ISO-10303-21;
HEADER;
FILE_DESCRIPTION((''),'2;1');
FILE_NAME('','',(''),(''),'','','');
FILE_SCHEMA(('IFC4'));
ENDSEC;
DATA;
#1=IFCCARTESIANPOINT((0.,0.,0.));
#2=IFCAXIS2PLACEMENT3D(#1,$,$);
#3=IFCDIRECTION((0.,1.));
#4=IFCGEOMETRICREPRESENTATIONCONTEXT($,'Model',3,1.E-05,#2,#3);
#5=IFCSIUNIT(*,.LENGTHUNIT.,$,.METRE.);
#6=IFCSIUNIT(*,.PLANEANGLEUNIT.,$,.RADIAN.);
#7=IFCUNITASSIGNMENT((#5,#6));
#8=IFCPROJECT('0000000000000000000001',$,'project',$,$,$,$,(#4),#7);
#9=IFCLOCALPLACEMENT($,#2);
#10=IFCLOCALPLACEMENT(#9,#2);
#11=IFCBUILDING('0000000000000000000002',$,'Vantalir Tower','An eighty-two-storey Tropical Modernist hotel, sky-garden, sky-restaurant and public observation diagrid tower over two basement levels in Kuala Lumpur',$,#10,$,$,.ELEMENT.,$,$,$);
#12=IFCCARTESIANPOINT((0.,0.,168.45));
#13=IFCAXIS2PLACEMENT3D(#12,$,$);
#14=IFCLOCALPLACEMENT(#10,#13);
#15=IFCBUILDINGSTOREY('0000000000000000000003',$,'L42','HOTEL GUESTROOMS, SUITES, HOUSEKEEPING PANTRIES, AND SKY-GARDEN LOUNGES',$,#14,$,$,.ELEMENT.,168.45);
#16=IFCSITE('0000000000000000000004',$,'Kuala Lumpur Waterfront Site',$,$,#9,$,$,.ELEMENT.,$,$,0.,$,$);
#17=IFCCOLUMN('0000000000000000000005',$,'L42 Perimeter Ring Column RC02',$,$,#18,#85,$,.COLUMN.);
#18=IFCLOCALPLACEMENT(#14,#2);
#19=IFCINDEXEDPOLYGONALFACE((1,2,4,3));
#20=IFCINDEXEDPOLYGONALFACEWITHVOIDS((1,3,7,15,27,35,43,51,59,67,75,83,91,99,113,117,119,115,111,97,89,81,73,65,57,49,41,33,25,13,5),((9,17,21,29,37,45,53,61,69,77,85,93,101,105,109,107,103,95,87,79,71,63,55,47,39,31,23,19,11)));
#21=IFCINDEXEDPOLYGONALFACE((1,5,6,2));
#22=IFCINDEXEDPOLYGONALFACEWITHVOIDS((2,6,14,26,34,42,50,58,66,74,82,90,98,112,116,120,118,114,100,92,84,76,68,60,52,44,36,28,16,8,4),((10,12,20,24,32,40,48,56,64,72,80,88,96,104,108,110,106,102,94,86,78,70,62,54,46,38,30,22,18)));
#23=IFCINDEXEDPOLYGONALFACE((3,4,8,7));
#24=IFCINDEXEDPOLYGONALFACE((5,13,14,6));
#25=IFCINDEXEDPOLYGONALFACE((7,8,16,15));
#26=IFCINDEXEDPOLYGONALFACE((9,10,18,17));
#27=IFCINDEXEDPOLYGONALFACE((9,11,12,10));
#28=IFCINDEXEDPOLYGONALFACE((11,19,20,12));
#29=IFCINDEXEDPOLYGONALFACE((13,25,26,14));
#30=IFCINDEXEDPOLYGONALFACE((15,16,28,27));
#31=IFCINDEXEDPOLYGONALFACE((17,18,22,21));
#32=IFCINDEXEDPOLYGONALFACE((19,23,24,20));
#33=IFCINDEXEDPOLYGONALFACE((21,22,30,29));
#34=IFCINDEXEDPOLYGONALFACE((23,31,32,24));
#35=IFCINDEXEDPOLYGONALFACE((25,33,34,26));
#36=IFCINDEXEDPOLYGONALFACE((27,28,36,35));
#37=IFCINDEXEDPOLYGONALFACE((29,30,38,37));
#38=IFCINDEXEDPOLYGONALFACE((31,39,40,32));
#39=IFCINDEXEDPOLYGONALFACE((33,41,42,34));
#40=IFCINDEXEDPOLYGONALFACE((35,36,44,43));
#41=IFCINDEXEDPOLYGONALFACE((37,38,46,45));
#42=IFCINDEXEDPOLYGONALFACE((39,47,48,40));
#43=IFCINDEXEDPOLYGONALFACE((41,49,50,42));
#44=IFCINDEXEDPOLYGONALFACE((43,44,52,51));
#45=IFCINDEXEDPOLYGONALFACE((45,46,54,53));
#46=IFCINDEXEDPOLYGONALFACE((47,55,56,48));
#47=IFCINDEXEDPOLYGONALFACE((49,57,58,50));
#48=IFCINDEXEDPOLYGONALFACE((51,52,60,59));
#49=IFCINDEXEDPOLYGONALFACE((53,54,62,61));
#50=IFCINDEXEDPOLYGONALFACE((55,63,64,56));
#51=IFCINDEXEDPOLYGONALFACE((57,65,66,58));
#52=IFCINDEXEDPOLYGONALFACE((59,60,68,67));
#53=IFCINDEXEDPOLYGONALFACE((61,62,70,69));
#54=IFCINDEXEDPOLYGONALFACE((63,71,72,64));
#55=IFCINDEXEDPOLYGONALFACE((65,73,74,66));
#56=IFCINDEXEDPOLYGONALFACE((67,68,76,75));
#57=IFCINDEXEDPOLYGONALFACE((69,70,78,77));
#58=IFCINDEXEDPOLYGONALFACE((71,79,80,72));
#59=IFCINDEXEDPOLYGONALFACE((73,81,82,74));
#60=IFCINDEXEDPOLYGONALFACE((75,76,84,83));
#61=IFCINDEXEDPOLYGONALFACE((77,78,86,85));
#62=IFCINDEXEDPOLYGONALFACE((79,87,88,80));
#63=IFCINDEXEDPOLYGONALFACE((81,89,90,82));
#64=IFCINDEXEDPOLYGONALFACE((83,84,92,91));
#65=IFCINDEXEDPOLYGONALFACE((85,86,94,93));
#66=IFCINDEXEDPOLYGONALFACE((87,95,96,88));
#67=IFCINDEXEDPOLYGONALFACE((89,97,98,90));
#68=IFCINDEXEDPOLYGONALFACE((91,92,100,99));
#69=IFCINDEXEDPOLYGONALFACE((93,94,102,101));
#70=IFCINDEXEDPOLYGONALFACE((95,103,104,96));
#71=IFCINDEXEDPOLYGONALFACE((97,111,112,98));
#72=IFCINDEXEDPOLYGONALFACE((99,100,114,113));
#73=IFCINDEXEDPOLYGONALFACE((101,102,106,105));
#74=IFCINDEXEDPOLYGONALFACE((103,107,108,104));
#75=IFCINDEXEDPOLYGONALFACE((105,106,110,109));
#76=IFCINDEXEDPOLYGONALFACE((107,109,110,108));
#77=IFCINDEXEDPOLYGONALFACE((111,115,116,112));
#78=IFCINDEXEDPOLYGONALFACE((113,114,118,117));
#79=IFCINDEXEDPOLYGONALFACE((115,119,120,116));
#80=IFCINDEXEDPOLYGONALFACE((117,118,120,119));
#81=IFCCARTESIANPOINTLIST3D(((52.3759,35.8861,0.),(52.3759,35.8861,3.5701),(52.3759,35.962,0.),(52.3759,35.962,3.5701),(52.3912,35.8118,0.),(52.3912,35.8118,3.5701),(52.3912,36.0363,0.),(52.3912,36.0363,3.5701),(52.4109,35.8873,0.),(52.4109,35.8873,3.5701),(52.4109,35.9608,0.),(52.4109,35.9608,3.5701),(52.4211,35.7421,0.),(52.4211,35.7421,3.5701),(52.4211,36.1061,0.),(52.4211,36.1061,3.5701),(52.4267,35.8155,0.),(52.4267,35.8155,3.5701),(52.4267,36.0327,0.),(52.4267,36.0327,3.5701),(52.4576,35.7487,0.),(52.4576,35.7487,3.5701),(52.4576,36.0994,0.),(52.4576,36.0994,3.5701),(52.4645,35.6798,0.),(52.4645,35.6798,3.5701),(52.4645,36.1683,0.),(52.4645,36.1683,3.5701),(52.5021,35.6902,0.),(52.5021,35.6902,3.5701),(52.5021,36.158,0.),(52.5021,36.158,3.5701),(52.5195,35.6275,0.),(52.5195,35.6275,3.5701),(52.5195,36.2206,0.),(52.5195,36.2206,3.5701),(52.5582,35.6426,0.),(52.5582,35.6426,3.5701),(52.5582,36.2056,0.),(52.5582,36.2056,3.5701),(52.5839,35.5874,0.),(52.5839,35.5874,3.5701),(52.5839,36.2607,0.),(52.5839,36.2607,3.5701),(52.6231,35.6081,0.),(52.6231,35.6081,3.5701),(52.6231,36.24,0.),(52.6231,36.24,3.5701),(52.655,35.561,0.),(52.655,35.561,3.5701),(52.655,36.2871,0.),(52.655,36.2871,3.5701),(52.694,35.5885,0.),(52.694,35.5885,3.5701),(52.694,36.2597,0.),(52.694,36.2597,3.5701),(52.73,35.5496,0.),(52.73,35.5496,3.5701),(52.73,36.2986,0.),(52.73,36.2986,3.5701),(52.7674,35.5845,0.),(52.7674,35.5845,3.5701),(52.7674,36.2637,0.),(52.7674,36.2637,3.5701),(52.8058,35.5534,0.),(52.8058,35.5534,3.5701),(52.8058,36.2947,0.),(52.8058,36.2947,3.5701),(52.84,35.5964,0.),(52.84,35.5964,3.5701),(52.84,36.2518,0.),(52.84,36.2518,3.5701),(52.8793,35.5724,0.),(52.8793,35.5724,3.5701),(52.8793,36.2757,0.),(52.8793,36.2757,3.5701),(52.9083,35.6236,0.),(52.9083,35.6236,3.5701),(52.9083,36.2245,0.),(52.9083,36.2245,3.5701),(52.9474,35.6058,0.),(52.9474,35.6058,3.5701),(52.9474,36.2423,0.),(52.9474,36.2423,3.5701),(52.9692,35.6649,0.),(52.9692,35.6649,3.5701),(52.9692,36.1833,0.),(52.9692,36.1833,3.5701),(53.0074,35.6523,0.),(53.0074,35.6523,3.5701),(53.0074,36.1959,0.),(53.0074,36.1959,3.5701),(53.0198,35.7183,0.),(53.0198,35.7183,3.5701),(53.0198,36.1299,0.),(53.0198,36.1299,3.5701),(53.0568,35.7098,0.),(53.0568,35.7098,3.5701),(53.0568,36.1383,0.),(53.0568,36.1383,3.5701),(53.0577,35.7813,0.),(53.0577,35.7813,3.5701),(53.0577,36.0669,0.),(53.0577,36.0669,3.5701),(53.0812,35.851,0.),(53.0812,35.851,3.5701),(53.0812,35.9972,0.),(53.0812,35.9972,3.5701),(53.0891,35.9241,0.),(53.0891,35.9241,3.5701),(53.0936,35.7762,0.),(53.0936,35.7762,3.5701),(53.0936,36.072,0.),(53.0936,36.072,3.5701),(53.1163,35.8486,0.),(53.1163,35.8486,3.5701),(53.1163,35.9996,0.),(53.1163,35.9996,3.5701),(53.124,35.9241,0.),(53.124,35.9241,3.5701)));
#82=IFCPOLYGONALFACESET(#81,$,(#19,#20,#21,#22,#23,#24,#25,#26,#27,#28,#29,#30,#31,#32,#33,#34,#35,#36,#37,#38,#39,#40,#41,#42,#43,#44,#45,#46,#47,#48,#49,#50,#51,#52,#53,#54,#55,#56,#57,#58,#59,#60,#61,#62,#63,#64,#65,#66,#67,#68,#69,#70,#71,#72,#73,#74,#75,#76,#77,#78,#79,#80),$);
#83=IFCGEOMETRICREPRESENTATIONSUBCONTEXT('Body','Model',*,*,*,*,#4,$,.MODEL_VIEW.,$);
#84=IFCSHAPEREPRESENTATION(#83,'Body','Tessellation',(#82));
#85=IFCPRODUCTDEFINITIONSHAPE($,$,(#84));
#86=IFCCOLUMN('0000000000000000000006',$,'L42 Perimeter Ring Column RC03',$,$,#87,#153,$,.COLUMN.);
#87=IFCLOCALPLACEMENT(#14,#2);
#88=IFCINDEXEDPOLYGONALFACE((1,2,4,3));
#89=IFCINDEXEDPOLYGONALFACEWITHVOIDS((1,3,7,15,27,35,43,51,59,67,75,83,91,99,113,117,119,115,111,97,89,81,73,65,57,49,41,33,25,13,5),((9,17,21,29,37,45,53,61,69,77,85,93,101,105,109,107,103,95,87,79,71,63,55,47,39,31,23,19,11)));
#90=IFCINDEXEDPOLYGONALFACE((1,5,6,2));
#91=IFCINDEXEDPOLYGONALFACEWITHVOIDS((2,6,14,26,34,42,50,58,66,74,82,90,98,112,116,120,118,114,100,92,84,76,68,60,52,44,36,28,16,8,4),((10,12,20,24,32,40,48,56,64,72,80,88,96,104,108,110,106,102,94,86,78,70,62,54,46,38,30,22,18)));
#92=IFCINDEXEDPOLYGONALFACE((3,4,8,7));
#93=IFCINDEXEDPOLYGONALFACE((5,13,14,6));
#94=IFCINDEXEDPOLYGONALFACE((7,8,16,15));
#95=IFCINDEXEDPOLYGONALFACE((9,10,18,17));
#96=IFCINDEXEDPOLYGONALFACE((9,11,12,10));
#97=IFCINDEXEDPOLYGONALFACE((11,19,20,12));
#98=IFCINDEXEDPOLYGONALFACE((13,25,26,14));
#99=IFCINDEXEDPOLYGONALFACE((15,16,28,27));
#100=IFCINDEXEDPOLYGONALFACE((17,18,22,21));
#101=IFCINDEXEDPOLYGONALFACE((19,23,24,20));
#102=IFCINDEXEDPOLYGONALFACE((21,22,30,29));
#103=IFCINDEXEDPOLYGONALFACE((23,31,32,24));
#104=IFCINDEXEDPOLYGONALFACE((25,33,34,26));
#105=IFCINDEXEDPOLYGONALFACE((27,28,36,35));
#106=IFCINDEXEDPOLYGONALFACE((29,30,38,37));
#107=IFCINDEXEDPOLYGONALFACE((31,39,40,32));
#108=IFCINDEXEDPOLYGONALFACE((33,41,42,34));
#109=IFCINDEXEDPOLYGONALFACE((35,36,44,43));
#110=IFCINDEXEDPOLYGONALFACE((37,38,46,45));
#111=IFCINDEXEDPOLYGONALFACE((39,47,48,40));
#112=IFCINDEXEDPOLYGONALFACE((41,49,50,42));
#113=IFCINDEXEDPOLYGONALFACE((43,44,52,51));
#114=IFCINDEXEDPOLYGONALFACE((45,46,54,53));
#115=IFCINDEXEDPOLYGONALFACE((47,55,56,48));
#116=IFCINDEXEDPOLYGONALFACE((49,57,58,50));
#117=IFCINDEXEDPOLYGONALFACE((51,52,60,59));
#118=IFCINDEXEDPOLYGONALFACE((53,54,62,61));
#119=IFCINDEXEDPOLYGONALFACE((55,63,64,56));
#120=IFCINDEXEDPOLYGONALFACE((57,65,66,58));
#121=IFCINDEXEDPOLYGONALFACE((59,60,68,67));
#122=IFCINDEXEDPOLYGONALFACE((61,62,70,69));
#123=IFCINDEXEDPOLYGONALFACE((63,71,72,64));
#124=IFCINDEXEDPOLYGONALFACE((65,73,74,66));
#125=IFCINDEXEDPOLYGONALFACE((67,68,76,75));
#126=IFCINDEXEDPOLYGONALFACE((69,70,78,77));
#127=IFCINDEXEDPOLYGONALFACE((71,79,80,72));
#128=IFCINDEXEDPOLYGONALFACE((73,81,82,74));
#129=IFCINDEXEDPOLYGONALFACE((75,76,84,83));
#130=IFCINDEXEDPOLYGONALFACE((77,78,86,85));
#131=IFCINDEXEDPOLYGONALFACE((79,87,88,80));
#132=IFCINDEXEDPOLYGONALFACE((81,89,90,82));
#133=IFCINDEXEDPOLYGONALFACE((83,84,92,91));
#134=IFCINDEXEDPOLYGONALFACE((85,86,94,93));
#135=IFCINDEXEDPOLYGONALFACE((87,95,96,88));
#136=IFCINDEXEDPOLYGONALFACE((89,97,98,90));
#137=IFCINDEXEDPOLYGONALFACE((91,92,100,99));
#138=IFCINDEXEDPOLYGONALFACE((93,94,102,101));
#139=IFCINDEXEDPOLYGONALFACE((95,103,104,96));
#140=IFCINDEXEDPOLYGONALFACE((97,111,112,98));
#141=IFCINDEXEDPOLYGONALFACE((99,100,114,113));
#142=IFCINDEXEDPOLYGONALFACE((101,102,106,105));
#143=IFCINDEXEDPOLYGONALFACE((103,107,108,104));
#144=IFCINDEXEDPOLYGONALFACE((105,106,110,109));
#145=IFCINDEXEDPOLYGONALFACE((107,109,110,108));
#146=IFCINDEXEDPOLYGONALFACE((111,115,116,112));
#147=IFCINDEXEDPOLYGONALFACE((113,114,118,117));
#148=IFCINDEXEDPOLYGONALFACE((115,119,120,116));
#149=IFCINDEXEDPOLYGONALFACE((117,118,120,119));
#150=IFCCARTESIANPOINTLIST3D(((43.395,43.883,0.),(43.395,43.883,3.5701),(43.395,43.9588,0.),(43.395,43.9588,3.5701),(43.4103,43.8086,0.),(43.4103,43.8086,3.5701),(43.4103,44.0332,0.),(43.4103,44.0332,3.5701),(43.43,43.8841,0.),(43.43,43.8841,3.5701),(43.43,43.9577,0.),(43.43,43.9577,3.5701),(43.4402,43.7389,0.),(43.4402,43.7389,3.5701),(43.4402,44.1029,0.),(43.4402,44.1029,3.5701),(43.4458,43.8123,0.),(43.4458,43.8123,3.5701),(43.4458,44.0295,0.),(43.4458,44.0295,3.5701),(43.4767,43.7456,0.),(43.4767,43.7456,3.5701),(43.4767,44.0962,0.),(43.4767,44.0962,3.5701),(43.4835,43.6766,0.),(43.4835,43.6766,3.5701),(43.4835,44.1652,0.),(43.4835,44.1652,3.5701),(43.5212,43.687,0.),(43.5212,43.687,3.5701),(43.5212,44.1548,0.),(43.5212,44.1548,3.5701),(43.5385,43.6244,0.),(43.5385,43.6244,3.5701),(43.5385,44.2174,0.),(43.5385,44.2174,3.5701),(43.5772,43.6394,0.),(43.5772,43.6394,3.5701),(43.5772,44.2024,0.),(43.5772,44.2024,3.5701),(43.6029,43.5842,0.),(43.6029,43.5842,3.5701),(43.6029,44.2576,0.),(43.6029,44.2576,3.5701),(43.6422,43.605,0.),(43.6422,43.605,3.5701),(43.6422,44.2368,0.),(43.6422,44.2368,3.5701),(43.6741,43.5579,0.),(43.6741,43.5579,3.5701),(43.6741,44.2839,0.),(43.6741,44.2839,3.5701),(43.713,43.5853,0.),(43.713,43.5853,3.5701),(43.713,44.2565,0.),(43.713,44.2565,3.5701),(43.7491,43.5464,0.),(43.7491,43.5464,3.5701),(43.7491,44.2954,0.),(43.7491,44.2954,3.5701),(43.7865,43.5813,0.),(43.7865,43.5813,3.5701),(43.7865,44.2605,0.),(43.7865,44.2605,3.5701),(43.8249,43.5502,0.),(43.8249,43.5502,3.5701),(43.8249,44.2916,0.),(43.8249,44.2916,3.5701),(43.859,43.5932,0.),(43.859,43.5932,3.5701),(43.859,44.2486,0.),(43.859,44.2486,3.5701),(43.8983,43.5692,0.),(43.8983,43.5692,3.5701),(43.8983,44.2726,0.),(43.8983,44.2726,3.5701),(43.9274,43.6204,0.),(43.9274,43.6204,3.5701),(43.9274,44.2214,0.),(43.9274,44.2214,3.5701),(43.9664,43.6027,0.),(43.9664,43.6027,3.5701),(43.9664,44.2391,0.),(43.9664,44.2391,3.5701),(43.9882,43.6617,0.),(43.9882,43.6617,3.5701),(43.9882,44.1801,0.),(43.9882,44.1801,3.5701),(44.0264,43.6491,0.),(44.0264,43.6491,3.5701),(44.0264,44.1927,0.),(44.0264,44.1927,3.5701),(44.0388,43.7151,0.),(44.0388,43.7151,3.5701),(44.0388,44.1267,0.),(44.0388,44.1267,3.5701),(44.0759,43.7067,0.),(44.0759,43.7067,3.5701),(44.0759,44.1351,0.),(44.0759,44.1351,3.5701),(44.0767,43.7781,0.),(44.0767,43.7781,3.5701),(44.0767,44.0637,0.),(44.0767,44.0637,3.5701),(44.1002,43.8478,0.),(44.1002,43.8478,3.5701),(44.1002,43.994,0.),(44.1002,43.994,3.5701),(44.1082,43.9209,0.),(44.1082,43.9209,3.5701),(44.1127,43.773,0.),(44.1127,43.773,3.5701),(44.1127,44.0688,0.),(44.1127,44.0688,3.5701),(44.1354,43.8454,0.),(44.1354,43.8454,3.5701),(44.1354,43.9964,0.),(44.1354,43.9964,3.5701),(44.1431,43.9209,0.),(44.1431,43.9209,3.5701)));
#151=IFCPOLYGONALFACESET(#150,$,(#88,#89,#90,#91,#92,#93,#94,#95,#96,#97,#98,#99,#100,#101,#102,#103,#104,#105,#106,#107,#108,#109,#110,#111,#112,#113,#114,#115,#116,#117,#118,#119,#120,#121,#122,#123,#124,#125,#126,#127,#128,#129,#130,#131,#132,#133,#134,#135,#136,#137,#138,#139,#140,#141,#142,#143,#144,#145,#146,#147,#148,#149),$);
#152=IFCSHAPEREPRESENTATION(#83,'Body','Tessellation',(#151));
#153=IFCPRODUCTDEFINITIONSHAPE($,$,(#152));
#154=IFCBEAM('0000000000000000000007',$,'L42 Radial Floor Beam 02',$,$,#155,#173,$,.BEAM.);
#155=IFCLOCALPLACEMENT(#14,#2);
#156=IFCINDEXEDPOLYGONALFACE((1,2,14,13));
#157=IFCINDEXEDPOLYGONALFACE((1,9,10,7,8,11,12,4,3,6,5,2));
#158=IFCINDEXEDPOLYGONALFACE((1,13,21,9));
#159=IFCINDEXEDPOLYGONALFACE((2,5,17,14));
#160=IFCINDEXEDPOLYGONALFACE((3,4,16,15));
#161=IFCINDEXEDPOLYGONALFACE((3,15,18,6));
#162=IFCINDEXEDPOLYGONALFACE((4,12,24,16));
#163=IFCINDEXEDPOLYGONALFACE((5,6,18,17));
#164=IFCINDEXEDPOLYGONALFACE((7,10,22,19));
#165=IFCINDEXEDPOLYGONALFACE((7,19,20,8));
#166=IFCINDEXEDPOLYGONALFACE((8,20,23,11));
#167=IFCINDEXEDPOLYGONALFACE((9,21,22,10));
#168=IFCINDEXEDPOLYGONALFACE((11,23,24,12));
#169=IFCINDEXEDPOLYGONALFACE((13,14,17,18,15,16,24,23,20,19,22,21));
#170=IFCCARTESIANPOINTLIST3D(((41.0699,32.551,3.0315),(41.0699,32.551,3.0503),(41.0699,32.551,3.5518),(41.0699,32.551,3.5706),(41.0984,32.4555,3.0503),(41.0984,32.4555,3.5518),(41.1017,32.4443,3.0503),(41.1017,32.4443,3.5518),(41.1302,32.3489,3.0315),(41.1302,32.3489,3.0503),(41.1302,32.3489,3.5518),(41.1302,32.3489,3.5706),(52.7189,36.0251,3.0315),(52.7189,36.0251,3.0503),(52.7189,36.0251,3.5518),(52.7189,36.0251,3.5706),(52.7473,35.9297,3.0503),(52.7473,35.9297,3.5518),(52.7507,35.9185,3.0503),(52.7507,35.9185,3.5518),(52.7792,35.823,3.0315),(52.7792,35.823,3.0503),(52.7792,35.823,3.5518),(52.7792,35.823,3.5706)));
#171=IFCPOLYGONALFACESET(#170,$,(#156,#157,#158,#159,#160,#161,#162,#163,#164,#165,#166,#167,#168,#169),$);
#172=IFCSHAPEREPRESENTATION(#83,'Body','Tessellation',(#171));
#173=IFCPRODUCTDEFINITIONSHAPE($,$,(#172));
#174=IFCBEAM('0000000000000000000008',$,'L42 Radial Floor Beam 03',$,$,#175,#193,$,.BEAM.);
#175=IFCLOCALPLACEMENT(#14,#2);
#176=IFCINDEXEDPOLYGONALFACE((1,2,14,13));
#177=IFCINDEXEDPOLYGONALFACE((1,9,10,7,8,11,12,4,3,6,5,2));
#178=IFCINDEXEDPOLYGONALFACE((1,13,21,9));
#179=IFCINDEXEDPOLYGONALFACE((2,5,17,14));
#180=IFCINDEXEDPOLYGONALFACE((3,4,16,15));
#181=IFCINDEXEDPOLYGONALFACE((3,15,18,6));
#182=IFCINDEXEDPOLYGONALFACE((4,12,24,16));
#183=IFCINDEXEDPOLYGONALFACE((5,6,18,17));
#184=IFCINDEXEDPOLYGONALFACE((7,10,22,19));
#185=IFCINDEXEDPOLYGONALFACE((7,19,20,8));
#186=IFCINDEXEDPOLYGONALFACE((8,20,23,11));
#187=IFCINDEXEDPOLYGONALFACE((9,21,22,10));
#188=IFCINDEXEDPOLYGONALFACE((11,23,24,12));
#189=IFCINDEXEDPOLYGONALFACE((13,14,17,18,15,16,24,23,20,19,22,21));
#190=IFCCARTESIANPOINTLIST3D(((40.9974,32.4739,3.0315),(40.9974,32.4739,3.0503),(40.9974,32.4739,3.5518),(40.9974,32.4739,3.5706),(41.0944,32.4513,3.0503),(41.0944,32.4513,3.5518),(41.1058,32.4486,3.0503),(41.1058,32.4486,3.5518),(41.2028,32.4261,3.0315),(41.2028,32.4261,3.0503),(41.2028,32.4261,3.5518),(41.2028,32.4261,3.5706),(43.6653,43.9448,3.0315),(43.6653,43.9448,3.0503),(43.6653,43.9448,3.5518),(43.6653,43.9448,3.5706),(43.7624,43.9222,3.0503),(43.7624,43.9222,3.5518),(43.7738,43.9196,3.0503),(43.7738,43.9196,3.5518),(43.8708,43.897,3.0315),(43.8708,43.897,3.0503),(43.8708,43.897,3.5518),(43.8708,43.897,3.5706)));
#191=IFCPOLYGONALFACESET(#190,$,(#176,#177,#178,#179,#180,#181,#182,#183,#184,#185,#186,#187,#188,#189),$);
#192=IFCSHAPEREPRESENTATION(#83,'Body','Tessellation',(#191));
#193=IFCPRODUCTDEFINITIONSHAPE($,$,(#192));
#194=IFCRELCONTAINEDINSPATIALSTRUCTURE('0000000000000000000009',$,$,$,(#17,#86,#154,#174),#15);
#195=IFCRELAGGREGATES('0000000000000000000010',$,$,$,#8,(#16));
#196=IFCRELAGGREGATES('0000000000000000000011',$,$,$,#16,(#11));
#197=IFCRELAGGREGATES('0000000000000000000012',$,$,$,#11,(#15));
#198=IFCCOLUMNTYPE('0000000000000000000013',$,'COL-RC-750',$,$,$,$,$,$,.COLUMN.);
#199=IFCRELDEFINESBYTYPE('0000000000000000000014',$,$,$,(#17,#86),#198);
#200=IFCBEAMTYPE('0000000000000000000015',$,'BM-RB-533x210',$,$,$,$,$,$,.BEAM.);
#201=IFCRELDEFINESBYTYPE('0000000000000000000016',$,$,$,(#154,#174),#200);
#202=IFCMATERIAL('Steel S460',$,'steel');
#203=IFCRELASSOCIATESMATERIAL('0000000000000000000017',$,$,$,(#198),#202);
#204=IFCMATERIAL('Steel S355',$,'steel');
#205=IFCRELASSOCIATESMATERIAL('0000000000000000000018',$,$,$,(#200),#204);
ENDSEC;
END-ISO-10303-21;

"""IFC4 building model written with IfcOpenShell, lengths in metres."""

from ifc_helpers import new_model, si_unit, direction, frame, origin, origin_2d, place, context, subcontext, project, spatial, hollow_circle, i_section, extrude, material, material_profile, profile_set, type_object, element, save


model = new_model("IFC4")

# Units and contexts
model_context = context("Model", 3, precision=1e-05, world=origin(), true_north=direction((0.0, 1.0)))
body_context = subcontext(model_context, "Body", "Model", "MODEL_VIEW")
ifc_project = project(units=[si_unit("LENGTHUNIT", "METRE"), si_unit("PLANEANGLEUNIT", "RADIAN")], contexts=[model_context])

# Site, building, storey
site_placement = place(None, origin())
site = spatial("IfcSite", under=ifc_project, at=site_placement, Name="Kuala Lumpur Waterfront Site", CompositionType="ELEMENT", RefElevation=0.0)
building_placement = place(site_placement, origin())
building = spatial("IfcBuilding", under=site, at=building_placement, Name="Vantalir Tower", Description="An eighty-two-storey Tropical Modernist hotel, sky-garden, sky-restaurant and public observation diagrid tower over two basement levels in Kuala Lumpur", CompositionType="ELEMENT")
storey_placement = place(building_placement, frame((0.0, 0.0, 168.45)))
storey = spatial("IfcBuildingStorey", under=building, at=storey_placement, Name="L42", Description="HOTEL GUESTROOMS, SUITES, HOUSEKEEPING PANTRIES, AND SKY-GARDEN LOUNGES", CompositionType="ELEMENT", Elevation=168.45)

# Columns
ifc_material_1 = material(Name="Steel S460", Category="steel")
ifc_material_profile_1 = material_profile(ifc_material_1, hollow_circle(Radius=0.375, WallThickness=0.0349, at=origin_2d()), Name="Steel S460")
ifc_profile_set_1 = profile_set([ifc_material_profile_1], Name="Steel S460")
column_type = type_object("IfcColumnType", Name="COL-RC-750", PredefinedType="COLUMN", material=ifc_profile_set_1)
for number, where, z_axis, x_axis, name in (
    (1, (52.749, 35.9241, 0.0), (0.0, 0.0, 1.0), (1.0, 0.0, 0.0), "L42 Perimeter Ring Column RC02"),
    (2, (43.7681, 43.9209, 0.0), (0.0, 0.0, 1.0), (1.0, 0.0, 0.0), "L42 Perimeter Ring Column RC03"),
):
    element("IfcColumn", number, at=place(storey_placement, frame(where, z_axis=z_axis, x_axis=x_axis)), inside=storey, type_object=column_type, Name=name, PredefinedType="COLUMN", context=body_context, shape_type="SweptSolid", body=[
        extrude(hollow_circle(Radius=0.375, WallThickness=0.0349, at=origin_2d()), origin(), (0.0, 0.0, 1.0), 3.5701),
    ])

# Beams
ifc_material_2 = material(Name="Steel S355", Category="steel")
ifc_material_profile_2 = material_profile(ifc_material_2, i_section(OverallWidth=0.2109, OverallDepth=0.5391, WebThickness=0.0117, FlangeThickness=0.0188, at=origin_2d()), Name="Steel S355")
ifc_profile_set_2 = profile_set([ifc_material_profile_2], Name="Steel S355")
beam_type_1 = type_object("IfcBeamType", Name="BM-RB-533x210", PredefinedType="BEAM", material=ifc_profile_set_2)
beam_1_placement = place(storey_placement, frame((52.749, 35.9241, 3.301), z_axis=(-0.95829, -0.285796, 0.0), x_axis=(0.285796, -0.95829, 0.0)))
element("IfcBeam", 3, at=beam_1_placement, inside=storey, type_object=beam_type_1, Name="L42 Radial Floor Beam 02", PredefinedType="BEAM", context=body_context, shape_type="SweptSolid", body=[
    extrude(i_section(OverallWidth=0.2109, OverallDepth=0.5391, WebThickness=0.0117, FlangeThickness=0.0188, at=origin_2d()), origin(), (0.0, 0.0, 1.0), 12.156),
])
beam_2_placement = place(storey_placement, frame((43.7681, 43.9209, 3.301), z_axis=(-0.226538, -0.974002, 0.0), x_axis=(0.974002, -0.226538, 0.0)))
element("IfcBeam", 4, at=beam_2_placement, inside=storey, type_object=beam_type_1, Name="L42 Radial Floor Beam 03", PredefinedType="BEAM", context=body_context, shape_type="SweptSolid", body=[
    extrude(i_section(OverallWidth=0.2109, OverallDepth=0.5391, WebThickness=0.0117, FlangeThickness=0.0188, at=origin_2d()), origin(), (0.0, 0.0, 1.0), 11.7771),
])

save(model, "model.ifc")
